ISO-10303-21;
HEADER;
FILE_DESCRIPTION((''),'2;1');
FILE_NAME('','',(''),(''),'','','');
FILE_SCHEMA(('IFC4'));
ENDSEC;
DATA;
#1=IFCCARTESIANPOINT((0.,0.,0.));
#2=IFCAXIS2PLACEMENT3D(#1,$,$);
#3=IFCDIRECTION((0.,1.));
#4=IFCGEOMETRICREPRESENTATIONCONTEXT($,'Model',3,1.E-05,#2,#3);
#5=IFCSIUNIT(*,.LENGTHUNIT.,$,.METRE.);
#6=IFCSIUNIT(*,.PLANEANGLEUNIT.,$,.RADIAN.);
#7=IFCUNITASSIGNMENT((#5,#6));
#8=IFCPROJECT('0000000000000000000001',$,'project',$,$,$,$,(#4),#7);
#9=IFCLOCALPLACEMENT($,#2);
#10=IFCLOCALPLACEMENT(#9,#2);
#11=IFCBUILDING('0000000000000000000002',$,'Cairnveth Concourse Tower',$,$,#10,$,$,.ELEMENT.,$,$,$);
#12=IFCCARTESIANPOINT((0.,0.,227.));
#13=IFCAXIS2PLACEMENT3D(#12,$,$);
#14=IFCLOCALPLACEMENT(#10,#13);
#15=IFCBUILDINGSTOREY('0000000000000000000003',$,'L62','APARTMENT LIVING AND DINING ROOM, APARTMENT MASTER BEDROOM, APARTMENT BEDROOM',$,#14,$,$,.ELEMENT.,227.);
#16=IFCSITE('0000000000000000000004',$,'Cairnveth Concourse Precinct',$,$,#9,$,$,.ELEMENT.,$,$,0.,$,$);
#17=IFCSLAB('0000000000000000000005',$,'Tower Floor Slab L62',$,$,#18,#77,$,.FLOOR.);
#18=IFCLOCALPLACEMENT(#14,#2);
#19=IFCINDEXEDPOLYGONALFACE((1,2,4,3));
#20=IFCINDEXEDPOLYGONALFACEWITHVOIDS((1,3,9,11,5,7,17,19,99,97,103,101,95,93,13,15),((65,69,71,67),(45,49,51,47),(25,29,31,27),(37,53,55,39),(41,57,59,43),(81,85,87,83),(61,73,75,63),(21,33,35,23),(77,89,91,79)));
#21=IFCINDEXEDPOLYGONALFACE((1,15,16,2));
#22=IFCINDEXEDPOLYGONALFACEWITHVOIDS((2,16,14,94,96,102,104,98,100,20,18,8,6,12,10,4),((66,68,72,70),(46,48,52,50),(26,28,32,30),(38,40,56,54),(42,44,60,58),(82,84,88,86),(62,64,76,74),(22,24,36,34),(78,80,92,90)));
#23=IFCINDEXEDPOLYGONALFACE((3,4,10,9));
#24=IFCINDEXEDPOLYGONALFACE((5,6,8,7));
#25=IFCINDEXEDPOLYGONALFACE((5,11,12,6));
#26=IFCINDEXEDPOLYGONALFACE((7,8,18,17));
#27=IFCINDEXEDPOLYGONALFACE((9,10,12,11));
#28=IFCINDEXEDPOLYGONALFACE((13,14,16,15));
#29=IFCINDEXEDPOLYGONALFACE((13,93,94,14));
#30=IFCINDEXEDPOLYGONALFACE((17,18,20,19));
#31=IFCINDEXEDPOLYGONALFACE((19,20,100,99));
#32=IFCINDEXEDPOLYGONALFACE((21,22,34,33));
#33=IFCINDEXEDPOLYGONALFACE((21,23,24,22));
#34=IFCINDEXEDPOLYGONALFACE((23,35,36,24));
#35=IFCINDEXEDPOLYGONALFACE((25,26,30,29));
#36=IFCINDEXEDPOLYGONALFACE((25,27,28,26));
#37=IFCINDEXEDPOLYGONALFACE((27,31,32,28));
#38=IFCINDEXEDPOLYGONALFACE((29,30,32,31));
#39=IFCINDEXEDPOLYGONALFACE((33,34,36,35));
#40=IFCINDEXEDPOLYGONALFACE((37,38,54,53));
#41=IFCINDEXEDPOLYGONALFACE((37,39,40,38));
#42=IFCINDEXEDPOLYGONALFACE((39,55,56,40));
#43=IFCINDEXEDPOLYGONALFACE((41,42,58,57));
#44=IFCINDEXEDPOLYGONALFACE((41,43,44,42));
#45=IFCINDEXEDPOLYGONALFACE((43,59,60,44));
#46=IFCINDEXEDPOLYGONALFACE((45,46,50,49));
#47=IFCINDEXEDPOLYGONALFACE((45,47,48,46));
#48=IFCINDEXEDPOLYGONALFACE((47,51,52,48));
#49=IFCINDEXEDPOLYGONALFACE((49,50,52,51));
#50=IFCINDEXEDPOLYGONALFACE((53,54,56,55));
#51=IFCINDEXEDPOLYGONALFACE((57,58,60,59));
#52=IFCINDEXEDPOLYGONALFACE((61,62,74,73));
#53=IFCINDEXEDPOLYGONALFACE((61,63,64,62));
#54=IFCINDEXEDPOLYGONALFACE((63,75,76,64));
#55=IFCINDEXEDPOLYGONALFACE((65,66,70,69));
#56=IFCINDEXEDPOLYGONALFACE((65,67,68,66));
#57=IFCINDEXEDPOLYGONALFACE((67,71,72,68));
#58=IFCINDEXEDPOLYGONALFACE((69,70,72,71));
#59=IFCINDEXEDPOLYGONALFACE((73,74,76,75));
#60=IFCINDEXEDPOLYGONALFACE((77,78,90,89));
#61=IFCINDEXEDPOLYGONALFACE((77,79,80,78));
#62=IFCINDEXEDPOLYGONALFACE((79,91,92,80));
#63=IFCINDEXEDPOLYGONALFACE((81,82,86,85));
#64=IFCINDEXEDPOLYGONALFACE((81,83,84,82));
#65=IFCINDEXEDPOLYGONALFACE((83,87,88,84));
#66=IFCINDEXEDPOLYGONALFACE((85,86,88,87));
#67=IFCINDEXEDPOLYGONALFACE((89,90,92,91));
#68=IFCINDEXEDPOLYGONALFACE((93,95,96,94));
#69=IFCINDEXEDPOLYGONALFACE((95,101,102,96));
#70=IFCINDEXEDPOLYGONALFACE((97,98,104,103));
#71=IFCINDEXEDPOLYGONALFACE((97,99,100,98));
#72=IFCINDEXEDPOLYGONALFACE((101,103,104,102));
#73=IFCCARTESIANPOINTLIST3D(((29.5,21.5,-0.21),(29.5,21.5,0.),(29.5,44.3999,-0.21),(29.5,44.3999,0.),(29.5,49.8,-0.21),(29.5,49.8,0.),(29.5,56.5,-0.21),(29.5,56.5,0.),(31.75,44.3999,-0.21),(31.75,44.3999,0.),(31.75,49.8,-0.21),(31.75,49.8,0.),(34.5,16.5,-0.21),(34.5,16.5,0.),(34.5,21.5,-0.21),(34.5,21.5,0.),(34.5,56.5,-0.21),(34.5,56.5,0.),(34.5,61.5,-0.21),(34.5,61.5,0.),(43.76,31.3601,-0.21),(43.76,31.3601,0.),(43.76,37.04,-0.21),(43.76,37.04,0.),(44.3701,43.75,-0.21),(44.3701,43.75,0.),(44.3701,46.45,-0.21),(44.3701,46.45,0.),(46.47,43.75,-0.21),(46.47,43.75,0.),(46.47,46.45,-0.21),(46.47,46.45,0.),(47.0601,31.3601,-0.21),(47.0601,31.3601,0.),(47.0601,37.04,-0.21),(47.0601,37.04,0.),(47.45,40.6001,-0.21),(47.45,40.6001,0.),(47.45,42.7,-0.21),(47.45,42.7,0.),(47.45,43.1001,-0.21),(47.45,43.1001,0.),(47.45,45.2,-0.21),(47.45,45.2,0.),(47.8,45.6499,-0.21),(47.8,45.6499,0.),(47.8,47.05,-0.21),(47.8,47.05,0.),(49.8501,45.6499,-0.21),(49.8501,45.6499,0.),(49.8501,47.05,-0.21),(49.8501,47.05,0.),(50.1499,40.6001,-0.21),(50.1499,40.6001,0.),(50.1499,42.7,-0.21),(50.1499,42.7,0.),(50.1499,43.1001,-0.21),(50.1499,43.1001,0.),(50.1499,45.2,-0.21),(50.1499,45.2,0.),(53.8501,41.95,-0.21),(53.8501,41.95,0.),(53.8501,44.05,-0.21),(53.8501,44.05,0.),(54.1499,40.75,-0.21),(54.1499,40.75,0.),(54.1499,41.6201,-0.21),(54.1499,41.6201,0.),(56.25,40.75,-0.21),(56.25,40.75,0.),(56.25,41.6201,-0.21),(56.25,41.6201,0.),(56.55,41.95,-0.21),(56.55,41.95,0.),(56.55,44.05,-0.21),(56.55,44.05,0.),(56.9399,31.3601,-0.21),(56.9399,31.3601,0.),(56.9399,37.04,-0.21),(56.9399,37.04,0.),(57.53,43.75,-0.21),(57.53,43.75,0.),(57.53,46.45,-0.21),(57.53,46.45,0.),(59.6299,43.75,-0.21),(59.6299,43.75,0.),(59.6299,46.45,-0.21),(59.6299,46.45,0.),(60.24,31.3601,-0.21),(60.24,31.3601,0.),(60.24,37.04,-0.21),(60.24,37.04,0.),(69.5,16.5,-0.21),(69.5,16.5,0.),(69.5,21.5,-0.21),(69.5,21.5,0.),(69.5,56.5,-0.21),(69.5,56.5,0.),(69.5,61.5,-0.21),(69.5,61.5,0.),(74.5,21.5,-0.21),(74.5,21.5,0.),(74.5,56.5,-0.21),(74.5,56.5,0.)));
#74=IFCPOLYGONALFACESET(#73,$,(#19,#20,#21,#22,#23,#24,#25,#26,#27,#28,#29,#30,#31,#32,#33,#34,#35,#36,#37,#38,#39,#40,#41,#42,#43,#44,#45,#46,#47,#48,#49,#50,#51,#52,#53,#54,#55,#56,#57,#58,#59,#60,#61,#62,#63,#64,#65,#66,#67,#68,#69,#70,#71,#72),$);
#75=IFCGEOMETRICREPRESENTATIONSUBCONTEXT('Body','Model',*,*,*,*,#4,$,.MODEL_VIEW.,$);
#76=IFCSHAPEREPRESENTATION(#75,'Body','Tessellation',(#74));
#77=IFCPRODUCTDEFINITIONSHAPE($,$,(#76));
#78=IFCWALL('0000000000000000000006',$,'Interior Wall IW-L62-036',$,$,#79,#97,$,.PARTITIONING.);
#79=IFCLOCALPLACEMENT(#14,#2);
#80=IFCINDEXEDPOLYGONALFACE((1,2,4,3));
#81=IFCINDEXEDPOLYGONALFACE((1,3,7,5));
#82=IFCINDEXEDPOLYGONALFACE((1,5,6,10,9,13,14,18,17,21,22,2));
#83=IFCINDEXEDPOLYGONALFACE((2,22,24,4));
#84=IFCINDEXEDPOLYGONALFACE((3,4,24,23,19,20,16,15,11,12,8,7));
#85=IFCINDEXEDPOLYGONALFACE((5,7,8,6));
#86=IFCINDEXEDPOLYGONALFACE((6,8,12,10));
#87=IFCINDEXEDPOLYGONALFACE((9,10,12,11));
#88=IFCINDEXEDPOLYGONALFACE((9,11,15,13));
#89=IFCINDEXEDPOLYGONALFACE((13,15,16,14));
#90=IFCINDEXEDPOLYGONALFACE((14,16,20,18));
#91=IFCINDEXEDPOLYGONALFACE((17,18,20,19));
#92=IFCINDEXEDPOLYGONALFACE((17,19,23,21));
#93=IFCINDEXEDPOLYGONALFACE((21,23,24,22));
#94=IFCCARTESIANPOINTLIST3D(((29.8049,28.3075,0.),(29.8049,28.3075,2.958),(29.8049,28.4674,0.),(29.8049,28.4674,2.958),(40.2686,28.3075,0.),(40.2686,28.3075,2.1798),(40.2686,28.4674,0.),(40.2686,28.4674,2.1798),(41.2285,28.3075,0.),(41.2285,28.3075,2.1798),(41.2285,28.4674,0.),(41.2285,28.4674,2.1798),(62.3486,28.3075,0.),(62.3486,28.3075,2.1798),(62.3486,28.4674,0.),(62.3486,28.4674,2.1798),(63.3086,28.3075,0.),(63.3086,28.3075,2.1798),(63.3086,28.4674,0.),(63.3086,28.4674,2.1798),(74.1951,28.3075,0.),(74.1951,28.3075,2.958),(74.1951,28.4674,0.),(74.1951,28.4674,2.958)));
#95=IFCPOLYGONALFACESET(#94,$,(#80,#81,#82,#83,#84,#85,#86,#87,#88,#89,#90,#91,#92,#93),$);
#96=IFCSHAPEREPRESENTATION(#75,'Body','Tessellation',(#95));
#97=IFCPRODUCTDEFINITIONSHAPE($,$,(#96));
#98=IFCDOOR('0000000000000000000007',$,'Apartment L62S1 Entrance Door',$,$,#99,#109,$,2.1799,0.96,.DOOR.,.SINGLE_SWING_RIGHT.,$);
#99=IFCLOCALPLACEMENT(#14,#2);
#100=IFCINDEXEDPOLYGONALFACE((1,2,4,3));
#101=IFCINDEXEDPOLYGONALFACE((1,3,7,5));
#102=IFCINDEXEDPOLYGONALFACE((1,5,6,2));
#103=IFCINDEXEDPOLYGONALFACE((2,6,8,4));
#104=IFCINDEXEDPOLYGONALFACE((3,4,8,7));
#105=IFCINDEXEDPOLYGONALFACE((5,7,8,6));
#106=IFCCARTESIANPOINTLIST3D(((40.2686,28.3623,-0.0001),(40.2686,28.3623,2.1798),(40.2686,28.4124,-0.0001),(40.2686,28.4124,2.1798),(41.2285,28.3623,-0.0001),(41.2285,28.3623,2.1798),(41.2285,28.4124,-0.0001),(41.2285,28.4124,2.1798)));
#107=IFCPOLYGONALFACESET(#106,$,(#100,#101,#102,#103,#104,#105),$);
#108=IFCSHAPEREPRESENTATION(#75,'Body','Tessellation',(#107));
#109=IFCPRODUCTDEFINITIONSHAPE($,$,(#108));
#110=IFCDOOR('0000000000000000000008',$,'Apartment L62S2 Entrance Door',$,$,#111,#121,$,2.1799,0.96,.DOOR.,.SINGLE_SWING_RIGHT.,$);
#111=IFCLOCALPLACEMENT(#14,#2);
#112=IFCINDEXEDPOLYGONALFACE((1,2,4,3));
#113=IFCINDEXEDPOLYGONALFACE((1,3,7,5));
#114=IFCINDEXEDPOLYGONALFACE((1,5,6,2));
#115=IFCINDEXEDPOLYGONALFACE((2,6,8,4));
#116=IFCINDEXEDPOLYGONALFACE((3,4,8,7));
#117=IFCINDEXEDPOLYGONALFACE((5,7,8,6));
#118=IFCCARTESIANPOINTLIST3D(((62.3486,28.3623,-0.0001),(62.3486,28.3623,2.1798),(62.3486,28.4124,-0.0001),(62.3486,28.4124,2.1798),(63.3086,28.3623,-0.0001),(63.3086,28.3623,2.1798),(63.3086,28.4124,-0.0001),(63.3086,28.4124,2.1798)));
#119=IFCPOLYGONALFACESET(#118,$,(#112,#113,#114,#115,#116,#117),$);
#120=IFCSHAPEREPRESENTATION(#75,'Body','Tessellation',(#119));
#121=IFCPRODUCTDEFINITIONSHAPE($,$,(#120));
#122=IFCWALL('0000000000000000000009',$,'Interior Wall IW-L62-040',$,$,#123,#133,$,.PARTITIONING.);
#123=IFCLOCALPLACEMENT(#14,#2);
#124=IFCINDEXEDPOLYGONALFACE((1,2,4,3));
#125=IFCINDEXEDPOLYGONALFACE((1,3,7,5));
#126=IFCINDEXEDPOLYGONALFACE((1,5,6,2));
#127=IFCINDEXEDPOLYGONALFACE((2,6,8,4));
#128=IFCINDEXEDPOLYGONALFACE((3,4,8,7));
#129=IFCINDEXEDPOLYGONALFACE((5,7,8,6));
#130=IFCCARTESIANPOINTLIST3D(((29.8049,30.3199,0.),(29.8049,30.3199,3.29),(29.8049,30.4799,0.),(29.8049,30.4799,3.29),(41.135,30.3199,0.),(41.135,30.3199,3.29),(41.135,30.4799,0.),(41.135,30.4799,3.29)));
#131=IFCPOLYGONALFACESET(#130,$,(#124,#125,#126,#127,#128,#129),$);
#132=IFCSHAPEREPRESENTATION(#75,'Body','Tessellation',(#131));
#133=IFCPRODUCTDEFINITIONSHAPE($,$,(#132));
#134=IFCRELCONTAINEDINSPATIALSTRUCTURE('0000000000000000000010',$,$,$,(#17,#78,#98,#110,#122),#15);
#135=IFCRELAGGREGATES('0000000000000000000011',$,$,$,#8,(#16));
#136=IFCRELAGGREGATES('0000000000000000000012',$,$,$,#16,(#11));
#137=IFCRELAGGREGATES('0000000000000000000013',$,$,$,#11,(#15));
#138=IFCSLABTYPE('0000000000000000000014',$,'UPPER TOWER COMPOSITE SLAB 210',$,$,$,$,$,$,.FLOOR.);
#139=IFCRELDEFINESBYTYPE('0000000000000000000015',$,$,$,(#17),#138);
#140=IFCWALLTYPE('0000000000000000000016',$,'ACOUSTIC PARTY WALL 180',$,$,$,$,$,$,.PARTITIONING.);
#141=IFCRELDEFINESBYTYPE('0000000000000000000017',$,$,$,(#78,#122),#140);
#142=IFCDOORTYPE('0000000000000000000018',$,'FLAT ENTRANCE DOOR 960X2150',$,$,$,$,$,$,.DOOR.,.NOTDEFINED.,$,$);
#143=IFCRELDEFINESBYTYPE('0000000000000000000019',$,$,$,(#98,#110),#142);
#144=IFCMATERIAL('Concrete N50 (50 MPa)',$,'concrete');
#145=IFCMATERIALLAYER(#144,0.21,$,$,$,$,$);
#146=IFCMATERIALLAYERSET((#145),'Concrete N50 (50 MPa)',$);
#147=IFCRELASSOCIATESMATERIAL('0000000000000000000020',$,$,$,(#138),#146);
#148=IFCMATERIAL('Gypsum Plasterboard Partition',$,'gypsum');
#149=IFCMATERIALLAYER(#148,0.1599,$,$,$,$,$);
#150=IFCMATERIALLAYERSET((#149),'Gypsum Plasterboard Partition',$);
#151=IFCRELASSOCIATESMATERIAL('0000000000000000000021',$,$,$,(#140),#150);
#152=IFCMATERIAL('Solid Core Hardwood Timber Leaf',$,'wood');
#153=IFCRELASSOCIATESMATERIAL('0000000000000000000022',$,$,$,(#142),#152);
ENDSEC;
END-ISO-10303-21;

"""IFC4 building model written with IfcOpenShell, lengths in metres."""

from ifc_helpers import new_model, si_unit, direction, frame, frame_2d, origin, place, context, subcontext, project, spatial, polyline, rectangle, outline, extrude, material, layer, layer_set, type_object, element, fill, save


model = new_model("IFC4")

# Units and contexts
model_context = context("Model", 3, precision=1e-05, world=origin(), true_north=direction((0.0, 1.0)))
body_context = subcontext(model_context, "Body", "Model", "MODEL_VIEW")
ifc_project = project(units=[si_unit("LENGTHUNIT", "METRE"), si_unit("PLANEANGLEUNIT", "RADIAN")], contexts=[model_context])

# Site, building, storey
site_placement = place(None, origin())
site = spatial("IfcSite", under=ifc_project, at=site_placement, Name="Cairnveth Concourse Precinct", CompositionType="ELEMENT", RefElevation=0.0)
building_placement = place(site_placement, origin())
building = spatial("IfcBuilding", under=site, at=building_placement, Name="Cairnveth Concourse Tower", CompositionType="ELEMENT")
storey_placement = place(building_placement, frame((0.0, 0.0, 227.0)))
storey = spatial("IfcBuildingStorey", under=building, at=storey_placement, Name="L62", Description="APARTMENT LIVING AND DINING ROOM, APARTMENT MASTER BEDROOM, APARTMENT BEDROOM", CompositionType="ELEMENT", Elevation=227.0)

# Shared definitions
ifc_material_1 = material(Name="Concrete N50 (50 MPa)", Category="concrete")

# Slab
ifc_layer_1 = layer(ifc_material_1, 0.21)
ifc_layer_set_1 = layer_set([ifc_layer_1], Name="Concrete N50 (50 MPa)")
slab_type_1 = type_object("IfcSlabType", Name="UPPER TOWER COMPOSITE SLAB 210", PredefinedType="FLOOR", material=ifc_layer_set_1)
slab_1_placement = place(storey_placement, frame((0.0, 0.0, -0.21)))
element("IfcSlab", 1, at=slab_1_placement, inside=storey, type_object=slab_type_1, Name="Tower Floor Slab L62", PredefinedType="FLOOR", context=body_context, shape_type="SweptSolid", body=[
    extrude(outline(polyline([(29.5, 49.8), (31.75, 49.8), (31.75, 44.3999), (29.5, 44.3999), (29.5, 21.5), (34.5, 21.5), (34.5, 16.5), (69.5, 16.5), (69.5, 21.5), (74.5, 21.5), (74.5, 56.5), (69.5, 56.5), (69.5, 61.5), (34.5, 61.5), (34.5, 56.5), (29.5, 56.5), (29.5, 49.8)]), holes=[polyline([(43.76, 31.3601), (47.0601, 31.3601), (47.0601, 37.04), (43.76, 37.04), (43.76, 31.3601)]), polyline([(56.9399, 31.3601), (60.24, 31.3601), (60.24, 37.04), (56.9399, 37.04), (56.9399, 31.3601)]), polyline([(44.3701, 43.75), (46.47, 43.75), (46.47, 46.45), (44.3701, 46.45), (44.3701, 43.75)]), polyline([(57.53, 43.75), (59.6299, 43.75), (59.6299, 46.45), (57.53, 46.45), (57.53, 43.75)]), polyline([(47.45, 40.6001), (50.1499, 40.6001), (50.1499, 42.7), (47.45, 42.7), (47.45, 40.6001)]), polyline([(47.45, 43.1001), (50.1499, 43.1001), (50.1499, 45.2), (47.45, 45.2), (47.45, 43.1001)]), polyline([(53.8501, 41.95), (56.55, 41.95), (56.55, 44.05), (53.8501, 44.05), (53.8501, 41.95)]), polyline([(47.8, 45.6499), (49.8501, 45.6499), (49.8501, 47.05), (47.8, 47.05), (47.8, 45.6499)]), polyline([(54.1499, 40.75), (56.25, 40.75), (56.25, 41.6201), (54.1499, 41.6201), (54.1499, 40.75)])]), origin(), (0.0, 0.0, 1.0), 0.21),
])

# Wall, openings, doors
ifc_material_2 = material(Name="Gypsum Plasterboard Partition", Category="gypsum")
ifc_layer_2 = layer(ifc_material_2, 0.1599)
ifc_layer_set_2 = layer_set([ifc_layer_2], Name="Gypsum Plasterboard Partition")
wall_type_1 = type_object("IfcWallType", Name="ACOUSTIC PARTY WALL 180", PredefinedType="PARTITIONING", material=ifc_layer_set_2)
wall_1_placement = place(storey_placement, frame((29.8049, 28.3875, 0.0), z_axis=(0.0, 0.0, 1.0), x_axis=(1.0, 0.0, 0.0)))
wall_1 = element("IfcWall", 2, at=wall_1_placement, inside=storey, type_object=wall_type_1, Name="Interior Wall IW-L62-036", PredefinedType="PARTITIONING", context=body_context, shape_type="SweptSolid", body=[
    extrude(rectangle(XDim=44.3901, YDim=0.1599, at=frame_2d((22.1951, 0.0))), origin(), (0.0, 0.0, 1.0), 2.958),
])
opening_1_placement = place(wall_1_placement, frame((10.4636, 0.0, 0.0)))
opening_1 = element("IfcOpeningElement", 3, at=opening_1_placement, cuts=wall_1, PredefinedType="OPENING", context=body_context, shape_type="SweptSolid", body=[
    extrude(rectangle(XDim=0.96, YDim=2.1799, at=frame_2d((0.48, 1.0898))), frame((0.0, 0.0898, 0.0), z_axis=(0.0, -1.0, 0.0), x_axis=(1.0, 0.0, 0.0)), (0.0, 0.0, 1.0), 0.1799),
])
opening_2_placement = place(wall_1_placement, frame((32.5437, 0.0, 0.0)))
opening_2 = element("IfcOpeningElement", 4, at=opening_2_placement, cuts=wall_1, PredefinedType="OPENING", context=body_context, shape_type="SweptSolid", body=[
    extrude(rectangle(XDim=0.96, YDim=2.1799, at=frame_2d((0.48, 1.0898))), frame((0.0, 0.0898, 0.0), z_axis=(0.0, -1.0, 0.0), x_axis=(1.0, 0.0, 0.0)), (0.0, 0.0, 1.0), 0.1799),
])
ifc_material_3 = material(Name="Solid Core Hardwood Timber Leaf", Category="wood")
door_type = type_object("IfcDoorType", Name="FLAT ENTRANCE DOOR 960X2150", OperationType="NOTDEFINED", PredefinedType="DOOR", material=ifc_material_3)
door_1_placement = place(opening_1_placement, origin())
door_1 = element("IfcDoor", 5, at=door_1_placement, inside=storey, type_object=door_type, Name="Apartment L62S1 Entrance Door", OperationType="SINGLE_SWING_RIGHT", OverallHeight=2.1799, OverallWidth=0.96, PredefinedType="DOOR", context=body_context, shape_type="SweptSolid", body=[
    extrude(rectangle(XDim=0.96, YDim=2.1799, at=frame_2d((0.48, 1.0898))), frame((0.0, 0.0249, 0.0), z_axis=(0.0, -1.0, 0.0), x_axis=(1.0, 0.0, 0.0)), (0.0, 0.0, 1.0), 0.05),
])
fill(opening_1, door_1)
door_2_placement = place(opening_2_placement, origin())
door_2 = element("IfcDoor", 6, at=door_2_placement, inside=storey, type_object=door_type, Name="Apartment L62S2 Entrance Door", OperationType="SINGLE_SWING_RIGHT", OverallHeight=2.1799, OverallWidth=0.96, PredefinedType="DOOR", context=body_context, shape_type="SweptSolid", body=[
    extrude(rectangle(XDim=0.96, YDim=2.1799, at=frame_2d((0.48, 1.0898))), frame((0.0, 0.0249, 0.0), z_axis=(0.0, -1.0, 0.0), x_axis=(1.0, 0.0, 0.0)), (0.0, 0.0, 1.0), 0.05),
])
fill(opening_2, door_2)

# Wall
wall_2_placement = place(storey_placement, frame((29.8049, 30.3999, 0.0), z_axis=(0.0, 0.0, 1.0), x_axis=(1.0, 0.0, 0.0)))
element("IfcWall", 7, at=wall_2_placement, inside=storey, type_object=wall_type_1, Name="Interior Wall IW-L62-040", PredefinedType="PARTITIONING", context=body_context, shape_type="SweptSolid", body=[
    extrude(rectangle(XDim=11.3301, YDim=0.1599, at=frame_2d((5.665, 0.0))), origin(), (0.0, 0.0, 1.0), 3.29),
])

save(model, "model.ifc")
